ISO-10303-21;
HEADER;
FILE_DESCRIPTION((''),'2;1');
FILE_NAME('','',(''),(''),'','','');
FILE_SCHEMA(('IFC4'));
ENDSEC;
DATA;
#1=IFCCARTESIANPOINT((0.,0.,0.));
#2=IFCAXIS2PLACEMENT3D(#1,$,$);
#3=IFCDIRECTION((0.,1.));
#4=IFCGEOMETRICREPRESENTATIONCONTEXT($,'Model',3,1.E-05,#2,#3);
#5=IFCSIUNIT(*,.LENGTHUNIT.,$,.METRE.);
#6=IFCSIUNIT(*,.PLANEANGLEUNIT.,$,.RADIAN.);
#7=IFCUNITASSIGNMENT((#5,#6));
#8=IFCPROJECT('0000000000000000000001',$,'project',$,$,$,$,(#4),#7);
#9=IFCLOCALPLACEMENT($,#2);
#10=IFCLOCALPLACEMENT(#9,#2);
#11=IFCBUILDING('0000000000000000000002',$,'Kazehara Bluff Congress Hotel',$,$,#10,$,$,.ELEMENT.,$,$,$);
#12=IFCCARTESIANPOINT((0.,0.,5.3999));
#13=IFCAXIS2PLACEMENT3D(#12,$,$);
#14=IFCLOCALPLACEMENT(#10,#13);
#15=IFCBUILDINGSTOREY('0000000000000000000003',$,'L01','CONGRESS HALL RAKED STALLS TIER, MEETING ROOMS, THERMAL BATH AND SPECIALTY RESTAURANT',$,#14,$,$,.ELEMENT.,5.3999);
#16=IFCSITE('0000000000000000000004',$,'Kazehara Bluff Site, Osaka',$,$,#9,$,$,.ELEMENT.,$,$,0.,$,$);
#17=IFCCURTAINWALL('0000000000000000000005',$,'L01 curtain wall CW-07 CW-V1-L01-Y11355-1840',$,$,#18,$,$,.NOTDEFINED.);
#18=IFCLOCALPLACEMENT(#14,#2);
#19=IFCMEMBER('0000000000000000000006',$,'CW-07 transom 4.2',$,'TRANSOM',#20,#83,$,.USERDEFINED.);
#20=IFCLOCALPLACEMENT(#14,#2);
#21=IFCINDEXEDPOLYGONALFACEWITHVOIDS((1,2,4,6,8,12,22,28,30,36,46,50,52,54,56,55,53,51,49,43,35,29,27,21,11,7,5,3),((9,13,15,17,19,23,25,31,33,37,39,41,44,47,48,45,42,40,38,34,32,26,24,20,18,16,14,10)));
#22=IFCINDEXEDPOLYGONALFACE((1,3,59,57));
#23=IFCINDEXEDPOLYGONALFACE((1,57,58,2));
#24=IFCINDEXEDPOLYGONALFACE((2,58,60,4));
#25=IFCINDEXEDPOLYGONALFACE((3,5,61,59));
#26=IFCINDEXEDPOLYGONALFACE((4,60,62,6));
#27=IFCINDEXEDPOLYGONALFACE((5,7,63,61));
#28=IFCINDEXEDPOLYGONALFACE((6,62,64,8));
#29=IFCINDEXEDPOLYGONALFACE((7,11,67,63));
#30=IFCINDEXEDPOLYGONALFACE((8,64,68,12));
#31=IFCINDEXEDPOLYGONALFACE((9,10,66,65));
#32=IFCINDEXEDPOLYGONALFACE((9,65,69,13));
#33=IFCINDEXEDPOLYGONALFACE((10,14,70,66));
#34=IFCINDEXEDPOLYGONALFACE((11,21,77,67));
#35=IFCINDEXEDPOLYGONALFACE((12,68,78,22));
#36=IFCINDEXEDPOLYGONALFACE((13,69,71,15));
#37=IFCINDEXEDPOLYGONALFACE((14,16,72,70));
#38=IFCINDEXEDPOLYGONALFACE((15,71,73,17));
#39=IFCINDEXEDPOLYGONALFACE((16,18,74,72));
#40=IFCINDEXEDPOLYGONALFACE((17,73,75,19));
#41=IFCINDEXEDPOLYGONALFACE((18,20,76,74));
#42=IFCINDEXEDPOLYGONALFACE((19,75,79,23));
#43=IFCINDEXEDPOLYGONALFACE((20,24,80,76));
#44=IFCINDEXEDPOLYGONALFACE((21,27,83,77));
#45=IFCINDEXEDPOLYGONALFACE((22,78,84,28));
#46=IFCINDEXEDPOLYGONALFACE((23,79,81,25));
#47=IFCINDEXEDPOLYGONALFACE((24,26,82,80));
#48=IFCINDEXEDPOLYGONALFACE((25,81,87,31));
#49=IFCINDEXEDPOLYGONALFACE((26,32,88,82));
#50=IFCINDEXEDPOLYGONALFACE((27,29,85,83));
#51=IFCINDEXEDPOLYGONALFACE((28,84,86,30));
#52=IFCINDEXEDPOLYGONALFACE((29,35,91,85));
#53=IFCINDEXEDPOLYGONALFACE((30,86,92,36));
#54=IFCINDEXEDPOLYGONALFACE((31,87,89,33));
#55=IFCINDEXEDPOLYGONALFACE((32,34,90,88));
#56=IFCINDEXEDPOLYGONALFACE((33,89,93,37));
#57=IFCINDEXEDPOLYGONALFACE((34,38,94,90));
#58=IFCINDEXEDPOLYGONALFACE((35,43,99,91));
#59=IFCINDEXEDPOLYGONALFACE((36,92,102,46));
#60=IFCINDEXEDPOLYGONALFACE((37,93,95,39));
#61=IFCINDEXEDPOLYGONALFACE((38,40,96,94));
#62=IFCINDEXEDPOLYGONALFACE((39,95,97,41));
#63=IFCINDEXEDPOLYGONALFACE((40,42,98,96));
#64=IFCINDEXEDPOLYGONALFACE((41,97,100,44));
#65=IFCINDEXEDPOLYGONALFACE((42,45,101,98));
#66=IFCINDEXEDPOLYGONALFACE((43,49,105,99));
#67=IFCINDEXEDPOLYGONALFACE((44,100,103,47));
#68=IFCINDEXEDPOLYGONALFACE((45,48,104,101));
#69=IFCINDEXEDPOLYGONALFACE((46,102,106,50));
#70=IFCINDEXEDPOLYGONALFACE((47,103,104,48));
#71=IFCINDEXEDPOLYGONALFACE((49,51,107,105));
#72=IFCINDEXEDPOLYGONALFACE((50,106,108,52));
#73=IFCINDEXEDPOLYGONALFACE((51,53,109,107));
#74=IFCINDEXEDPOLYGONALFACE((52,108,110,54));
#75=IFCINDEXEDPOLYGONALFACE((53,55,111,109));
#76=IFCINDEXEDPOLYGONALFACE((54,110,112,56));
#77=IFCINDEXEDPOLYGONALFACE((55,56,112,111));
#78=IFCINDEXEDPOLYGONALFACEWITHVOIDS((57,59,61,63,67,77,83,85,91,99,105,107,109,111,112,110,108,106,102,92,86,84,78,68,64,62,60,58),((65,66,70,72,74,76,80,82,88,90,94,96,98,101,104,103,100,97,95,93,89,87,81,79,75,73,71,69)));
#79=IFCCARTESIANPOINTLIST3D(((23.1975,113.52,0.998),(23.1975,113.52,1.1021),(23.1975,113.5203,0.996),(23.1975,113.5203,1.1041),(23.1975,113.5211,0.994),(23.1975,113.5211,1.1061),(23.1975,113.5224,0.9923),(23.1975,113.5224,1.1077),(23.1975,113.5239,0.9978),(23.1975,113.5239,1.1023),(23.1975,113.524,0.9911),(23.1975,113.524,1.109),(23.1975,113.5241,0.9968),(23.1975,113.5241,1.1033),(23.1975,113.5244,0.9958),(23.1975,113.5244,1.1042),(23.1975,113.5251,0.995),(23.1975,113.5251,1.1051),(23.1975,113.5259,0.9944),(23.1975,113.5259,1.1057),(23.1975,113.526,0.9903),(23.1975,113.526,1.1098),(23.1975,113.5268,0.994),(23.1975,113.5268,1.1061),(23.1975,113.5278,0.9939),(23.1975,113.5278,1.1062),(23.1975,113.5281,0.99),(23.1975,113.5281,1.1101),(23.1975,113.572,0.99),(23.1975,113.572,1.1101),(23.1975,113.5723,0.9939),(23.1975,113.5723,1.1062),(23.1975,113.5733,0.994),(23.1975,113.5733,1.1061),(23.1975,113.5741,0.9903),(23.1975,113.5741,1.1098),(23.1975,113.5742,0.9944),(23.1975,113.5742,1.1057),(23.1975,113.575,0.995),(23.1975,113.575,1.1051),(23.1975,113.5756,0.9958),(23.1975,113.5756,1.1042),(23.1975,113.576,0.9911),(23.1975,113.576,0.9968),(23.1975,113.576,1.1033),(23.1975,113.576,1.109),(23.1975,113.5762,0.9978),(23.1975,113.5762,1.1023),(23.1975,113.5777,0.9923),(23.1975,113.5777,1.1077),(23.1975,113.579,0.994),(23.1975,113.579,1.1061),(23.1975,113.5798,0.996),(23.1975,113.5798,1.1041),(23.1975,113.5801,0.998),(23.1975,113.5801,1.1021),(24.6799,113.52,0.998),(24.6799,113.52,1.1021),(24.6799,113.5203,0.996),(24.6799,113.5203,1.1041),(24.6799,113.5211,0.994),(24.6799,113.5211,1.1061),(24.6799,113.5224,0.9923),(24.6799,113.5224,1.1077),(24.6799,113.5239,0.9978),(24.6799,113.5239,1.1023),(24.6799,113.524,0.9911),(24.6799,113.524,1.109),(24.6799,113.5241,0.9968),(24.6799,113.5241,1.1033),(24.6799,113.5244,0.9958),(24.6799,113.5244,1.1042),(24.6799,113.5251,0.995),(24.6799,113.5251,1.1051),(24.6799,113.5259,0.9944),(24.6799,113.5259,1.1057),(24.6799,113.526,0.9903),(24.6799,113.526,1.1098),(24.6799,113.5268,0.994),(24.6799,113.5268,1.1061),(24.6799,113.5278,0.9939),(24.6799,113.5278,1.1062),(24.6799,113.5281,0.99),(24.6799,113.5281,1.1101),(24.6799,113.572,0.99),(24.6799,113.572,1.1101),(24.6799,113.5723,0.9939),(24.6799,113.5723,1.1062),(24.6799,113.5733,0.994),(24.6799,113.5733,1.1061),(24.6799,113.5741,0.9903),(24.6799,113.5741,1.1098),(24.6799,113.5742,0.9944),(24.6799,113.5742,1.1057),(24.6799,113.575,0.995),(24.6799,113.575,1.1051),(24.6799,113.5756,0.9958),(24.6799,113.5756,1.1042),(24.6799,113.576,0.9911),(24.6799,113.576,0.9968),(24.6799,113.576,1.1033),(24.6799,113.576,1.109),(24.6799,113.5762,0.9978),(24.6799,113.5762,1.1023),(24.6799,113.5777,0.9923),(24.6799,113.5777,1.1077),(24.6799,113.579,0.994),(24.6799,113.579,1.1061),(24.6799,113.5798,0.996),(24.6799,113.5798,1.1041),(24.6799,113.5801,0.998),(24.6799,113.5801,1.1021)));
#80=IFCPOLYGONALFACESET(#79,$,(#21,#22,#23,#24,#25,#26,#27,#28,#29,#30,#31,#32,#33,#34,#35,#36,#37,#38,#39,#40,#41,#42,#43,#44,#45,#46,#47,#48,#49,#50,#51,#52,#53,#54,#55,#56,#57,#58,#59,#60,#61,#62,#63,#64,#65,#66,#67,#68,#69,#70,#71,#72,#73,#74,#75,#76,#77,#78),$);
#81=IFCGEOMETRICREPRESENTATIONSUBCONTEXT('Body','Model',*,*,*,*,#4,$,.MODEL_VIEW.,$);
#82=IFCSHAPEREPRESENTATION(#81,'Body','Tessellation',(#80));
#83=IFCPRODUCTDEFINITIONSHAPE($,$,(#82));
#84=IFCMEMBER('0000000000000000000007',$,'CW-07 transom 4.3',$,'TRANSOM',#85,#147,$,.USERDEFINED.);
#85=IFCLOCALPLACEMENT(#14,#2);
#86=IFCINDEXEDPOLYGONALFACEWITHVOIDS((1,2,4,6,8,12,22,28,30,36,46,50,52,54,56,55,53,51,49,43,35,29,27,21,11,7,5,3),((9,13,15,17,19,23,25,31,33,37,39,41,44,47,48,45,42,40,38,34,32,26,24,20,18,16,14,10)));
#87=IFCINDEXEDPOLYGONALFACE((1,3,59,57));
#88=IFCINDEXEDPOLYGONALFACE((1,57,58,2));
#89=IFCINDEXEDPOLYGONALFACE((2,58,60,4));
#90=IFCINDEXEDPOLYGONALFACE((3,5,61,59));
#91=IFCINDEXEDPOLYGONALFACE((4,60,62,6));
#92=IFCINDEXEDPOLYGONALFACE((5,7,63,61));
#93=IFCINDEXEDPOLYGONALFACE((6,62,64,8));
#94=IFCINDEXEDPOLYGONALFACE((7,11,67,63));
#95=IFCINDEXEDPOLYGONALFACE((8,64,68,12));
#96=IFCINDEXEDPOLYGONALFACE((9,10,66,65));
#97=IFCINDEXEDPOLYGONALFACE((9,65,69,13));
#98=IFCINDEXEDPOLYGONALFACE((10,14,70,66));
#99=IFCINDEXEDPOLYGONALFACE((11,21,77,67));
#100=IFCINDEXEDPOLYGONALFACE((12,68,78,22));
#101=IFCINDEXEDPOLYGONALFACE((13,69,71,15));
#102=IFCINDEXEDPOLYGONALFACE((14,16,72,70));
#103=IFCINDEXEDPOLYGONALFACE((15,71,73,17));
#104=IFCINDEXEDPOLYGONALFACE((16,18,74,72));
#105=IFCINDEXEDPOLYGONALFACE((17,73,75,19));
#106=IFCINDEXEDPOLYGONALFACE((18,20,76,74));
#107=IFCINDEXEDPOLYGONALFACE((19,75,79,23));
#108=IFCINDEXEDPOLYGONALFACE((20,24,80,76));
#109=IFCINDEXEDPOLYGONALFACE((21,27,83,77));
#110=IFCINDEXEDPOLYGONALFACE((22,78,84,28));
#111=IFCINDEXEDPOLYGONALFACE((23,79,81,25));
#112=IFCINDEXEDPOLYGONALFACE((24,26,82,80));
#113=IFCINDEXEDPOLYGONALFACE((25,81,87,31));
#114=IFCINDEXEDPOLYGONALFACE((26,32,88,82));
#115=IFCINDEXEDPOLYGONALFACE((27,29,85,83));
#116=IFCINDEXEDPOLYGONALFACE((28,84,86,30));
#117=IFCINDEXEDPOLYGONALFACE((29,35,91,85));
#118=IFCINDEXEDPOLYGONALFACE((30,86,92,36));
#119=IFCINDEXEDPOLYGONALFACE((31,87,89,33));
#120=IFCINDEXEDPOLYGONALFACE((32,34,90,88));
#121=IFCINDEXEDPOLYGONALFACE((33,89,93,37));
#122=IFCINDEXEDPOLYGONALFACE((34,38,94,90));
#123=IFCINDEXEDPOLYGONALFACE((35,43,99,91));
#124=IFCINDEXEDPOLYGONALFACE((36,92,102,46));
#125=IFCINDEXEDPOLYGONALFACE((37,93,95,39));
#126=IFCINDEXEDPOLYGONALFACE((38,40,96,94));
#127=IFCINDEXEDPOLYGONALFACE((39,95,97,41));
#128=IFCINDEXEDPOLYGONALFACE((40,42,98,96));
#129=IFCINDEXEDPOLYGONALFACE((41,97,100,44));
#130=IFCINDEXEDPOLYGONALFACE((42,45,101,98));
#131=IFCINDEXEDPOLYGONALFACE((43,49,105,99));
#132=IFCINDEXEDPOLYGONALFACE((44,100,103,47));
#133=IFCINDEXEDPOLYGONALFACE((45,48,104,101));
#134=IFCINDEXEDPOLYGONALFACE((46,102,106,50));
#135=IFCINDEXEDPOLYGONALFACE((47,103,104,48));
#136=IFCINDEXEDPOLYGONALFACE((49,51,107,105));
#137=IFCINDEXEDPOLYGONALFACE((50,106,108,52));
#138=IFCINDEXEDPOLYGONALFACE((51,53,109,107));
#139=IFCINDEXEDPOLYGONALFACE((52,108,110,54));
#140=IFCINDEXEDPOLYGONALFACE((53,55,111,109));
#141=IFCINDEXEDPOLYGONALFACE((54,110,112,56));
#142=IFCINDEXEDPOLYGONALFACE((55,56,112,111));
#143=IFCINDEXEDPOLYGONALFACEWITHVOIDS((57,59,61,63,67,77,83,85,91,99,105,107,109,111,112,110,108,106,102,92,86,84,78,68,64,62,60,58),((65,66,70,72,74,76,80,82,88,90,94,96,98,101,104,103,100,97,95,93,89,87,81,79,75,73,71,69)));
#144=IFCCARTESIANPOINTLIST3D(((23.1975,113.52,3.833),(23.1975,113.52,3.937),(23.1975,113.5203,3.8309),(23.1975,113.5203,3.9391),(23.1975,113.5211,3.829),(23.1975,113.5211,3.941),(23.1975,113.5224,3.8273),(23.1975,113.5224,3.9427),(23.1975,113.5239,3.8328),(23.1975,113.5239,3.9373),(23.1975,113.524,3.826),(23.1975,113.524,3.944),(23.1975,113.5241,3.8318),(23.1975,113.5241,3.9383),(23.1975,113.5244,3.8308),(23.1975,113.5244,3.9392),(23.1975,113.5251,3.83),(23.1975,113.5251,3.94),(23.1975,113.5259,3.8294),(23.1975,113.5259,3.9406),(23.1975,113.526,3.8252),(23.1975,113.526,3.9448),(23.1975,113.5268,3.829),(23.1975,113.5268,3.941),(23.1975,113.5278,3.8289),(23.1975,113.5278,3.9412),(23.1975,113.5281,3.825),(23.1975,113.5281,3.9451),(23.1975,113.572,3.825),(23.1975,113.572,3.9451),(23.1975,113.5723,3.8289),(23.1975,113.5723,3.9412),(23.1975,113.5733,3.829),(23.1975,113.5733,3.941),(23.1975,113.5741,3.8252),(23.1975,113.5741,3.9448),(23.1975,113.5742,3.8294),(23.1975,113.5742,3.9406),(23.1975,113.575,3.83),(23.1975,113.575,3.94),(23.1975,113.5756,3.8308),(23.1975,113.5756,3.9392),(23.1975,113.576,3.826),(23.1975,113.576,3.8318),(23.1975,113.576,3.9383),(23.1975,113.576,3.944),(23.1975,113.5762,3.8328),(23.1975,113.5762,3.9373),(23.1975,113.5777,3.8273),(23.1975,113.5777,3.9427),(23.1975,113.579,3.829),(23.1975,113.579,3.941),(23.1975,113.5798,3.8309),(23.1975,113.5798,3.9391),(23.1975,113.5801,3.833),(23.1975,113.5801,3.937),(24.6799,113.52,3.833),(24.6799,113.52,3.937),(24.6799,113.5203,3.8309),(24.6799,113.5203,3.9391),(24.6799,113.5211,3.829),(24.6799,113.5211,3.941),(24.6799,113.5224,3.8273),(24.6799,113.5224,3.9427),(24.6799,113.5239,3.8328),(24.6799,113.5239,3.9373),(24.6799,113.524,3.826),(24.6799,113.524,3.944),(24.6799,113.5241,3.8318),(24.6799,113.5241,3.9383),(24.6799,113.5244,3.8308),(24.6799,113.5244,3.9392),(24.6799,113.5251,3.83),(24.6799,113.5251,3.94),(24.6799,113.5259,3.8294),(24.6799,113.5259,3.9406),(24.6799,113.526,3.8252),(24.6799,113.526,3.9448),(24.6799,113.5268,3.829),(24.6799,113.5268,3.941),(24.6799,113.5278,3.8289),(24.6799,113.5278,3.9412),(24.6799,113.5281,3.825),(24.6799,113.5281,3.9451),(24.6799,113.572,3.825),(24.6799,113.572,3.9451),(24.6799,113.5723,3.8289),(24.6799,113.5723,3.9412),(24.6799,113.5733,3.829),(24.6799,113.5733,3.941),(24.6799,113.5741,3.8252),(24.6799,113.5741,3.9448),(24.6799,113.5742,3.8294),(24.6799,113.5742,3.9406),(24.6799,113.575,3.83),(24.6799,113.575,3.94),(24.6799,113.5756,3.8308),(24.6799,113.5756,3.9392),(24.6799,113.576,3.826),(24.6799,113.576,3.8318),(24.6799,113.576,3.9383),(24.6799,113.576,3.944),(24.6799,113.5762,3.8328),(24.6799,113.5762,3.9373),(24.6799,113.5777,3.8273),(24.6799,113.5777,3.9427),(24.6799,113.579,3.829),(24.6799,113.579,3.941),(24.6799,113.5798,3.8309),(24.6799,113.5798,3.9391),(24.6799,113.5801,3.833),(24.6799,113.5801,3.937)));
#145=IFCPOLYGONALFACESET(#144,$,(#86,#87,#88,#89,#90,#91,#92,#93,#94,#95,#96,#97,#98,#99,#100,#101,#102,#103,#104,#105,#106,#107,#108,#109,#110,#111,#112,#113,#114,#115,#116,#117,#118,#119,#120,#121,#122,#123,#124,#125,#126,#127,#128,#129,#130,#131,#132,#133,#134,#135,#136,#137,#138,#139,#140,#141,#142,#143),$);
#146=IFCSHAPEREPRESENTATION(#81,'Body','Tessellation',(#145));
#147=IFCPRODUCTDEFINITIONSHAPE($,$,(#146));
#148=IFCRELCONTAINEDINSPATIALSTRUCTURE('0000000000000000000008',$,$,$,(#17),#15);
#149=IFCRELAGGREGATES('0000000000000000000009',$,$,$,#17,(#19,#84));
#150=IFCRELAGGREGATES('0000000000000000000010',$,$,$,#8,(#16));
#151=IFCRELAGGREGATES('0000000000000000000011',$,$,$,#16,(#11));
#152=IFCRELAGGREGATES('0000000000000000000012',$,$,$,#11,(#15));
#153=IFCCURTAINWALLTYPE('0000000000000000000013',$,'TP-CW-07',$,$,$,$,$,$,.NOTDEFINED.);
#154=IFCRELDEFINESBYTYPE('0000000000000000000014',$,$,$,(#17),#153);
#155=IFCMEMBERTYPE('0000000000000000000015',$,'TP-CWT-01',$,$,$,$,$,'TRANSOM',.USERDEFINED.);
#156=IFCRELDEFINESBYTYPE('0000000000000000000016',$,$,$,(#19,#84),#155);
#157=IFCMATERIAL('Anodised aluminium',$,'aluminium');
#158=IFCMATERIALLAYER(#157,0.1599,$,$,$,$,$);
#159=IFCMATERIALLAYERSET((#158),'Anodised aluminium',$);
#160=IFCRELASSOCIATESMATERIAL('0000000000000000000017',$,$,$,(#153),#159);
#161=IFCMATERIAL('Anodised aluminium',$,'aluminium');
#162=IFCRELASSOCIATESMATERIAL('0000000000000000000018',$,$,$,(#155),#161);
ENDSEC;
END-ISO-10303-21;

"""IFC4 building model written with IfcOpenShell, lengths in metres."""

from ifc_helpers import new_model, si_unit, direction, frame, origin, origin_2d, place, context, subcontext, project, spatial, hollow_rectangle, extrude, material, layer, layer_set, material_profile, profile_set, type_object, element, aggregate, save


model = new_model("IFC4")

# Units and contexts
model_context = context("Model", 3, precision=1e-05, world=origin(), true_north=direction((0.0, 1.0)))
body_context = subcontext(model_context, "Body", "Model", "MODEL_VIEW")
ifc_project = project(units=[si_unit("LENGTHUNIT", "METRE"), si_unit("PLANEANGLEUNIT", "RADIAN")], contexts=[model_context])

# Site, building, storey
site_placement = place(None, origin())
site = spatial("IfcSite", under=ifc_project, at=site_placement, Name="Kazehara Bluff Site, Osaka", CompositionType="ELEMENT", RefElevation=0.0)
building_placement = place(site_placement, origin())
building = spatial("IfcBuilding", under=site, at=building_placement, Name="Kazehara Bluff Congress Hotel", CompositionType="ELEMENT")
storey_placement = place(building_placement, frame((0.0, 0.0, 5.3999)))
storey = spatial("IfcBuildingStorey", under=building, at=storey_placement, Name="L01", Description="CONGRESS HALL RAKED STALLS TIER, MEETING ROOMS, THERMAL BATH AND SPECIALTY RESTAURANT", CompositionType="ELEMENT", Elevation=5.3999)

# Curtain wall, members
ifc_material_1 = material(Name="Anodised aluminium", Category="aluminium")
ifc_layer_1 = layer(ifc_material_1, 0.1599)
ifc_layer_set_1 = layer_set([ifc_layer_1], Name="Anodised aluminium")
curtain_wall_type_1 = type_object("IfcCurtainWallType", Name="TP-CW-07", PredefinedType="NOTDEFINED", material=ifc_layer_set_1)
curtain_wall_1_placement = place(storey_placement, origin())
curtain_wall_1 = element("IfcCurtainWall", 1, at=curtain_wall_1_placement, inside=storey, type_object=curtain_wall_type_1, Name="L01 curtain wall CW-07 CW-V1-L01-Y11355-1840", PredefinedType="NOTDEFINED")
ifc_material_2 = material(Name="Anodised aluminium", Category="aluminium")
ifc_material_profile_1 = material_profile(ifc_material_2, hollow_rectangle(XDim=0.0601, YDim=0.1201, WallThickness=0.0039, InnerFilletRadius=0.0039, OuterFilletRadius=0.0081, at=origin_2d()))
ifc_profile_set_1 = profile_set([ifc_material_profile_1], Name="Anodised aluminium")
member_type_1 = type_object("IfcMemberType", Name="TP-CWT-01", ElementType="TRANSOM", PredefinedType="USERDEFINED", material=ifc_profile_set_1)
member_1_placement = place(storey_placement, frame((23.1975, 113.55, 1.05), z_axis=(1.0, 0.0, 0.0), x_axis=(0.0, 1.0, 0.0)))
member_1 = element("IfcMember", 2, at=member_1_placement, type_object=member_type_1, Name="CW-07 transom 4.2", ObjectType="TRANSOM", PredefinedType="USERDEFINED", context=body_context, shape_type="SweptSolid", body=[
    extrude(hollow_rectangle(XDim=0.0601, YDim=0.1201, WallThickness=0.0039, InnerFilletRadius=0.0039, OuterFilletRadius=0.0081, at=origin_2d()), origin(), (0.0, 0.0, 1.0), 1.4824),
])
member_2_placement = place(storey_placement, frame((23.1975, 113.55, 3.885), z_axis=(1.0, 0.0, 0.0), x_axis=(0.0, 1.0, 0.0)))
member_2 = element("IfcMember", 3, at=member_2_placement, type_object=member_type_1, Name="CW-07 transom 4.3", ObjectType="TRANSOM", PredefinedType="USERDEFINED", context=body_context, shape_type="SweptSolid", body=[
    extrude(hollow_rectangle(XDim=0.0601, YDim=0.1201, WallThickness=0.0039, InnerFilletRadius=0.0039, OuterFilletRadius=0.0081, at=origin_2d()), origin(), (0.0, 0.0, 1.0), 1.4824),
])

aggregate(curtain_wall_1, [member_1, member_2])

save(model, "model.ifc")
